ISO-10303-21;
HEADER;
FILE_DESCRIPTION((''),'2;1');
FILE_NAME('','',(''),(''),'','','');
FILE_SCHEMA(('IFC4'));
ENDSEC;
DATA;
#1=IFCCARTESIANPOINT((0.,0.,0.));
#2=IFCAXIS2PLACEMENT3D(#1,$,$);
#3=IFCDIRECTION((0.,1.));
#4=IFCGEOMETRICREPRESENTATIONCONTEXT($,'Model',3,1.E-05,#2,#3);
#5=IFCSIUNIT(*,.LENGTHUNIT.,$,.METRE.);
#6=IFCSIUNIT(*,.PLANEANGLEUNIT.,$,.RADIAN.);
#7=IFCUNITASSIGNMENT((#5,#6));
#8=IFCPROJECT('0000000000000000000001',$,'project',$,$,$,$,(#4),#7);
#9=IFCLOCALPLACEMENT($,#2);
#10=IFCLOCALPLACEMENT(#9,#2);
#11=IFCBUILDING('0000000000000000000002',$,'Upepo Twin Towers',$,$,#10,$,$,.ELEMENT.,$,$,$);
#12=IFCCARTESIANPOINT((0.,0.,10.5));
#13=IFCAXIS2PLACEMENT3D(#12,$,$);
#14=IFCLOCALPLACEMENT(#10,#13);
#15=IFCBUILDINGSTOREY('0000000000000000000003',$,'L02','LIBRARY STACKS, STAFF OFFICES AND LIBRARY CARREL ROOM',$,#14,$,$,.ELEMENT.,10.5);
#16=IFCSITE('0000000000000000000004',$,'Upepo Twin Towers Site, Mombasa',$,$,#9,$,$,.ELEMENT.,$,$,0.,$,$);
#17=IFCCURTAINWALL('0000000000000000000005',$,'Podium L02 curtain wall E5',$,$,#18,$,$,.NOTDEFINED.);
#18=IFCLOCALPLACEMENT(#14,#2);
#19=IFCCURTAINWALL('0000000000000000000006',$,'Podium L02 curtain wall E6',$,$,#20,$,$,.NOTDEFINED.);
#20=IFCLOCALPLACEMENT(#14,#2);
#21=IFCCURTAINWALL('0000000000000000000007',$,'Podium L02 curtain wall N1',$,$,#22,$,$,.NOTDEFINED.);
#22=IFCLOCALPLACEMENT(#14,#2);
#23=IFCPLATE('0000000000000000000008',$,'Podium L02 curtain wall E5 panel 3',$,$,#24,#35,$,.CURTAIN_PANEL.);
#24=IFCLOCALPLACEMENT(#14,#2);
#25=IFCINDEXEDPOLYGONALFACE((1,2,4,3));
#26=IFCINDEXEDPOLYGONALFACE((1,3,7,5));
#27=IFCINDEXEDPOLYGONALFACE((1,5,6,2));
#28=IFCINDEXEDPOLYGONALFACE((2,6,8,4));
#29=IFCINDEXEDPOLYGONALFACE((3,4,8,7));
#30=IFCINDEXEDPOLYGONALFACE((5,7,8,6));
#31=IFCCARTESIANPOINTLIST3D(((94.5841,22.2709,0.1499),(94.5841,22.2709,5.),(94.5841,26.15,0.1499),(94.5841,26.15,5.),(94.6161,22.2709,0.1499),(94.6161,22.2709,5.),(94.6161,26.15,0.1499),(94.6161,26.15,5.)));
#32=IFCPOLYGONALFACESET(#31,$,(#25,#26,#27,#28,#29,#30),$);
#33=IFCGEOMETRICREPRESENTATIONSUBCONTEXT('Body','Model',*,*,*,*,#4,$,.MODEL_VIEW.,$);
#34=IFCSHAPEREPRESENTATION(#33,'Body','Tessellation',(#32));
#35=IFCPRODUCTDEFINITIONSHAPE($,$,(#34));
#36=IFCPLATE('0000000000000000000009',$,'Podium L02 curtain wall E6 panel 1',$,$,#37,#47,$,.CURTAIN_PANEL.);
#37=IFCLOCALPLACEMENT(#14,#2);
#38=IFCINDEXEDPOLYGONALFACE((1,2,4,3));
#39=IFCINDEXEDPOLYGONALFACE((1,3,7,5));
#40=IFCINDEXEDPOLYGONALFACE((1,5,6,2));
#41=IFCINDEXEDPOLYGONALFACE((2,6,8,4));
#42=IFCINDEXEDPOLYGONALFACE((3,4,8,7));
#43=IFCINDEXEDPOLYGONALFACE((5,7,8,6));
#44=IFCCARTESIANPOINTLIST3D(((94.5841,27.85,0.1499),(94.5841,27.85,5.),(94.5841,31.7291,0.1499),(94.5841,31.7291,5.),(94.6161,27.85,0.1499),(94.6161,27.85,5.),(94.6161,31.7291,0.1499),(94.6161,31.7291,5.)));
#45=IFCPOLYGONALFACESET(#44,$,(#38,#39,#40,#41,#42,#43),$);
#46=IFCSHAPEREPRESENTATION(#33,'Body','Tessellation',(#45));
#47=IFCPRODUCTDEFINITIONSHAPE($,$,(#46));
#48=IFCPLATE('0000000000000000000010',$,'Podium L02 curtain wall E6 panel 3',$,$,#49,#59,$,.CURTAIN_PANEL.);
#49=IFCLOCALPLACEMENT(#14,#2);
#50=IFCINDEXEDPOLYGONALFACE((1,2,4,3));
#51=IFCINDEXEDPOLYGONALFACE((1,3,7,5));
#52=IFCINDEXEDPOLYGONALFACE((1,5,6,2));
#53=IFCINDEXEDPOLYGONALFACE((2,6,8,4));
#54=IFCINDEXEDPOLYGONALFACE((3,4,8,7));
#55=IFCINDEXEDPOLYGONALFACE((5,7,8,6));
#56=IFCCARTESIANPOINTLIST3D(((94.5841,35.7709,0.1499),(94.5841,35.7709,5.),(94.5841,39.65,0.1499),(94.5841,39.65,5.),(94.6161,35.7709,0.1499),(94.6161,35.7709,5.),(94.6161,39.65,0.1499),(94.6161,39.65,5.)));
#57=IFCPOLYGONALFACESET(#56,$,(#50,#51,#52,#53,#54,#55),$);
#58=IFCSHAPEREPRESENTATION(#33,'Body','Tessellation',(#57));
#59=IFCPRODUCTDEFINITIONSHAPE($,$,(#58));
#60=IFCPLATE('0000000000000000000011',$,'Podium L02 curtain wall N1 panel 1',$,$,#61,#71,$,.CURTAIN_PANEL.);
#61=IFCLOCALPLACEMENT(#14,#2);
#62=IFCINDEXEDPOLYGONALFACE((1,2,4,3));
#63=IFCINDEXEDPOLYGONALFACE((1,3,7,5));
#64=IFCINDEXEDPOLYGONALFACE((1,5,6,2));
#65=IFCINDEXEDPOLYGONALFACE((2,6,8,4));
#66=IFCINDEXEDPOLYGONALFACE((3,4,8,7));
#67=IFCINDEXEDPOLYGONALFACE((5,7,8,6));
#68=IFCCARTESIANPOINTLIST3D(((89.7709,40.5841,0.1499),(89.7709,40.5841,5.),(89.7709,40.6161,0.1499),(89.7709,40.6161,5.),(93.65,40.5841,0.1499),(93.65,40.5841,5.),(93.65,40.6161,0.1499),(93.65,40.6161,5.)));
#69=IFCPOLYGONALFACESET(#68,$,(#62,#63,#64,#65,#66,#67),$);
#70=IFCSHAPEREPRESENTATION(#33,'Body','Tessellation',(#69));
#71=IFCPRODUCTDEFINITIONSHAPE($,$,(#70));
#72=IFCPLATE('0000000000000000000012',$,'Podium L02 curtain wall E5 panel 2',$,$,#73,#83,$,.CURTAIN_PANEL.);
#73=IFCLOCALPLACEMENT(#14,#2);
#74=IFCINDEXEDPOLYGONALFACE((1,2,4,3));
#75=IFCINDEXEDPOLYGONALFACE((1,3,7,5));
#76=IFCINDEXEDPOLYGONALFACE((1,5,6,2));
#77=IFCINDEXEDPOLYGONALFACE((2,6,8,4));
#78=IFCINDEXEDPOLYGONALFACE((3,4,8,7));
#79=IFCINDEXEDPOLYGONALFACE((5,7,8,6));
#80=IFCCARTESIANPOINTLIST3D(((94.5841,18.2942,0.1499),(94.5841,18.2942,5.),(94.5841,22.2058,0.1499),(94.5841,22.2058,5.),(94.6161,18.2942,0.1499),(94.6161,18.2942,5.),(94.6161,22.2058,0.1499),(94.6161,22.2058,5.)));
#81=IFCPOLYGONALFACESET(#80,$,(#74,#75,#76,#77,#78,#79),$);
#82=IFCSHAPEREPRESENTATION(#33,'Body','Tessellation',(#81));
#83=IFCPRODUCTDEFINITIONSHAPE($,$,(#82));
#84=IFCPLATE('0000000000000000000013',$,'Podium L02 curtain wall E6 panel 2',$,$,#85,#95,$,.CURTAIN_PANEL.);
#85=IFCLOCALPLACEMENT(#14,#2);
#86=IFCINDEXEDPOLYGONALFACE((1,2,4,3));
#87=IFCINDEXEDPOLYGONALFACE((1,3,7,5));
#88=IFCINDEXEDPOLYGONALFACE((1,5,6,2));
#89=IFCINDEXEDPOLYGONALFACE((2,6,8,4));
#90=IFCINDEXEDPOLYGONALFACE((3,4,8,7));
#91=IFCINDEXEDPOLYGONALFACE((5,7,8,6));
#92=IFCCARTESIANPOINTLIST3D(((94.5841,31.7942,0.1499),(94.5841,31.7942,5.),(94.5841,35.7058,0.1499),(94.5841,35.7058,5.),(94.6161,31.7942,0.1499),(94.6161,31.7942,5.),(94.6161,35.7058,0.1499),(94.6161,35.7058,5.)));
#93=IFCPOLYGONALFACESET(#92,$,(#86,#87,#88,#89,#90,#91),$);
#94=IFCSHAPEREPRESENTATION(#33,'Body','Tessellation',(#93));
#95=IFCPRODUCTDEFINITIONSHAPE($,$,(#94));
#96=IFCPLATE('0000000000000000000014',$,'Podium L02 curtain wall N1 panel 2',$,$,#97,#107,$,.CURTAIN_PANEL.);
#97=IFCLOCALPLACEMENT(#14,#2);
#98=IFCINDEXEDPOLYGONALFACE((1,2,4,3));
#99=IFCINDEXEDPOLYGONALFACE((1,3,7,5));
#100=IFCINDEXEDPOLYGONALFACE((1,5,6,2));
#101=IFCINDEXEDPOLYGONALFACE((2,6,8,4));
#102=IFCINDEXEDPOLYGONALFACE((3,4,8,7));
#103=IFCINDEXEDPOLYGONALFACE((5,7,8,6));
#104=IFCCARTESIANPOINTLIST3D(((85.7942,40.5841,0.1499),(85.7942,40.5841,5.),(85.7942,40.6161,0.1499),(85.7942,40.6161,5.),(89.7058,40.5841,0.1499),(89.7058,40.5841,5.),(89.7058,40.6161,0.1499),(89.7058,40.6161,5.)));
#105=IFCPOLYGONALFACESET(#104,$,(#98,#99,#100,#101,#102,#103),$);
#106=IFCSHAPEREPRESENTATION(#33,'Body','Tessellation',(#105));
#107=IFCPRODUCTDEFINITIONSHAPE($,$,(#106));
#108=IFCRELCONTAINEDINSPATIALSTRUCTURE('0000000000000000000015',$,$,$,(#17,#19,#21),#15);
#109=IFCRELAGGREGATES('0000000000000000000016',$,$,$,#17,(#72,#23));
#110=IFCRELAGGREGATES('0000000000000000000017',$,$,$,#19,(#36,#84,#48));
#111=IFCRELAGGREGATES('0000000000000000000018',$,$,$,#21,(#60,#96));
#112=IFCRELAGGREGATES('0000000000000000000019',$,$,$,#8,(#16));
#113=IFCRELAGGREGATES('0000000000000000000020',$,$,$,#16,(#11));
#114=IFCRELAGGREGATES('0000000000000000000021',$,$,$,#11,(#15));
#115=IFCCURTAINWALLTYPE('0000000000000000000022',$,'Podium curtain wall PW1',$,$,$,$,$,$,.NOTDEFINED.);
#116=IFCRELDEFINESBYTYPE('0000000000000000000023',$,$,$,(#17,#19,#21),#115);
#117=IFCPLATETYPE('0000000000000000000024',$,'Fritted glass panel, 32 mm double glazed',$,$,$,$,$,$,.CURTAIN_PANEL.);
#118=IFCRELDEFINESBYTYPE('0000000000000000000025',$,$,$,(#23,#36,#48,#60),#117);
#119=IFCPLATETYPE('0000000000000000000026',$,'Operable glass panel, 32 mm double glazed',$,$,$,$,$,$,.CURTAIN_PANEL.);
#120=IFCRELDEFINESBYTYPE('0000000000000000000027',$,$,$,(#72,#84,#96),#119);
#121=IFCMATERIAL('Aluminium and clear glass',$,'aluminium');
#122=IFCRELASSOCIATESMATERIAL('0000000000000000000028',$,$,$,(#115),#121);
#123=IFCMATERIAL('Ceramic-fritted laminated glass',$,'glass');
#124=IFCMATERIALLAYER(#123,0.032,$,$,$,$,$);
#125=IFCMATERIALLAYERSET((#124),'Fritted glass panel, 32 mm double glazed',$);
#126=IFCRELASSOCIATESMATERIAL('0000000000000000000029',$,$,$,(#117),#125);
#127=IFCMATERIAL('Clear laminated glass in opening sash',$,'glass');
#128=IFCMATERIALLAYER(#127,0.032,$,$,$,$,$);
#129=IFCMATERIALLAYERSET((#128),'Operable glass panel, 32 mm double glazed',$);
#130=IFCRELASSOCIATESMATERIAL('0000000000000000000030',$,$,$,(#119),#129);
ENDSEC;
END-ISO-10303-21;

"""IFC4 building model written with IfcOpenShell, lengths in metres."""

from ifc_helpers import new_model, si_unit, direction, frame, origin, origin_2d, place, context, subcontext, project, spatial, rectangle, extrude, material, layer, layer_set, type_object, element, aggregate, save


model = new_model("IFC4")

# Units and contexts
model_context = context("Model", 3, precision=1e-05, world=origin(), true_north=direction((0.0, 1.0)))
body_context = subcontext(model_context, "Body", "Model", "MODEL_VIEW")
ifc_project = project(units=[si_unit("LENGTHUNIT", "METRE"), si_unit("PLANEANGLEUNIT", "RADIAN")], contexts=[model_context])

# Site, building, storey
site_placement = place(None, origin())
site = spatial("IfcSite", under=ifc_project, at=site_placement, Name="Upepo Twin Towers Site, Mombasa", CompositionType="ELEMENT", RefElevation=0.0)
building_placement = place(site_placement, origin())
building = spatial("IfcBuilding", under=site, at=building_placement, Name="Upepo Twin Towers", CompositionType="ELEMENT")
storey_placement = place(building_placement, frame((0.0, 0.0, 10.5)))
storey = spatial("IfcBuildingStorey", under=building, at=storey_placement, Name="L02", Description="LIBRARY STACKS, STAFF OFFICES AND LIBRARY CARREL ROOM", CompositionType="ELEMENT", Elevation=10.5)

# Curtain walls
ifc_material_1 = material(Name="Aluminium and clear glass", Category="aluminium")
curtain_wall_type = type_object("IfcCurtainWallType", Name="Podium curtain wall PW1", PredefinedType="NOTDEFINED", material=ifc_material_1)
curtain_wall_1_placement = place(storey_placement, origin())
curtain_wall_1 = element("IfcCurtainWall", 1, at=curtain_wall_1_placement, inside=storey, type_object=curtain_wall_type, Name="Podium L02 curtain wall E5", PredefinedType="NOTDEFINED")
curtain_wall_2_placement = place(storey_placement, origin())
curtain_wall_2 = element("IfcCurtainWall", 2, at=curtain_wall_2_placement, inside=storey, type_object=curtain_wall_type, Name="Podium L02 curtain wall E6", PredefinedType="NOTDEFINED")
curtain_wall_3_placement = place(storey_placement, origin())
curtain_wall_3 = element("IfcCurtainWall", 3, at=curtain_wall_3_placement, inside=storey, type_object=curtain_wall_type, Name="Podium L02 curtain wall N1", PredefinedType="NOTDEFINED")

# Plates
ifc_material_2 = material(Name="Ceramic-fritted laminated glass", Category="glass")
ifc_layer_1 = layer(ifc_material_2, 0.032)
ifc_layer_set_1 = layer_set([ifc_layer_1], Name="Fritted glass panel, 32 mm double glazed")
plate_type_1 = type_object("IfcPlateType", Name="Fritted glass panel, 32 mm double glazed", PredefinedType="CURTAIN_PANEL", material=ifc_layer_set_1)
plate_1_placement = place(storey_placement, frame((94.6001, 24.2104, 0.1499), z_axis=(0.0, 0.0, 1.0), x_axis=(0.0, 1.0, 0.0)))
plate_1 = element("IfcPlate", 4, at=plate_1_placement, type_object=plate_type_1, Name="Podium L02 curtain wall E5 panel 3", PredefinedType="CURTAIN_PANEL", context=body_context, shape_type="SweptSolid", body=[
    extrude(rectangle(XDim=3.8792, YDim=0.032, at=origin_2d()), origin(), (0.0, 0.0, 1.0), 4.8501),
])
plate_2_placement = place(storey_placement, frame((94.6001, 29.7896, 0.1499), z_axis=(0.0, 0.0, 1.0), x_axis=(0.0, 1.0, 0.0)))
plate_2 = element("IfcPlate", 5, at=plate_2_placement, type_object=plate_type_1, Name="Podium L02 curtain wall E6 panel 1", PredefinedType="CURTAIN_PANEL", context=body_context, shape_type="SweptSolid", body=[
    extrude(rectangle(XDim=3.8792, YDim=0.032, at=origin_2d()), origin(), (0.0, 0.0, 1.0), 4.8501),
])
plate_3_placement = place(storey_placement, frame((94.6001, 37.7104, 0.1499), z_axis=(0.0, 0.0, 1.0), x_axis=(0.0, 1.0, 0.0)))
plate_3 = element("IfcPlate", 6, at=plate_3_placement, type_object=plate_type_1, Name="Podium L02 curtain wall E6 panel 3", PredefinedType="CURTAIN_PANEL", context=body_context, shape_type="SweptSolid", body=[
    extrude(rectangle(XDim=3.8792, YDim=0.032, at=origin_2d()), origin(), (0.0, 0.0, 1.0), 4.8501),
])
plate_4_placement = place(storey_placement, frame((91.7104, 40.6001, 0.1499), z_axis=(0.0, 0.0, 1.0), x_axis=(-1.0, 0.0, 0.0)))
plate_4 = element("IfcPlate", 7, at=plate_4_placement, type_object=plate_type_1, Name="Podium L02 curtain wall N1 panel 1", PredefinedType="CURTAIN_PANEL", context=body_context, shape_type="SweptSolid", body=[
    extrude(rectangle(XDim=3.8792, YDim=0.032, at=origin_2d()), origin(), (0.0, 0.0, 1.0), 4.8501),
])
ifc_material_3 = material(Name="Clear laminated glass in opening sash", Category="glass")
ifc_layer_2 = layer(ifc_material_3, 0.032)
ifc_layer_set_2 = layer_set([ifc_layer_2], Name="Operable glass panel, 32 mm double glazed")
plate_type_2 = type_object("IfcPlateType", Name="Operable glass panel, 32 mm double glazed", PredefinedType="CURTAIN_PANEL", material=ifc_layer_set_2)
plate_5_placement = place(storey_placement, frame((94.6001, 20.25, 0.1499), z_axis=(0.0, 0.0, 1.0), x_axis=(0.0, 1.0, 0.0)))
plate_5 = element("IfcPlate", 8, at=plate_5_placement, type_object=plate_type_2, Name="Podium L02 curtain wall E5 panel 2", PredefinedType="CURTAIN_PANEL", context=body_context, shape_type="SweptSolid", body=[
    extrude(rectangle(XDim=3.9116, YDim=0.032, at=origin_2d()), origin(), (0.0, 0.0, 1.0), 4.8501),
])
aggregate(curtain_wall_1, [plate_5, plate_1])
plate_6_placement = place(storey_placement, frame((94.6001, 33.75, 0.1499), z_axis=(0.0, 0.0, 1.0), x_axis=(0.0, 1.0, 0.0)))
plate_6 = element("IfcPlate", 9, at=plate_6_placement, type_object=plate_type_2, Name="Podium L02 curtain wall E6 panel 2", PredefinedType="CURTAIN_PANEL", context=body_context, shape_type="SweptSolid", body=[
    extrude(rectangle(XDim=3.9116, YDim=0.032, at=origin_2d()), origin(), (0.0, 0.0, 1.0), 4.8501),
])
aggregate(curtain_wall_2, [plate_2, plate_6, plate_3])
plate_7_placement = place(storey_placement, frame((87.75, 40.6001, 0.1499), z_axis=(0.0, 0.0, 1.0), x_axis=(-1.0, 0.0, 0.0)))
plate_7 = element("IfcPlate", 10, at=plate_7_placement, type_object=plate_type_2, Name="Podium L02 curtain wall N1 panel 2", PredefinedType="CURTAIN_PANEL", context=body_context, shape_type="SweptSolid", body=[
    extrude(rectangle(XDim=3.9116, YDim=0.032, at=origin_2d()), origin(), (0.0, 0.0, 1.0), 4.8501),
])
aggregate(curtain_wall_3, [plate_4, plate_7])

save(model, "model.ifc")
